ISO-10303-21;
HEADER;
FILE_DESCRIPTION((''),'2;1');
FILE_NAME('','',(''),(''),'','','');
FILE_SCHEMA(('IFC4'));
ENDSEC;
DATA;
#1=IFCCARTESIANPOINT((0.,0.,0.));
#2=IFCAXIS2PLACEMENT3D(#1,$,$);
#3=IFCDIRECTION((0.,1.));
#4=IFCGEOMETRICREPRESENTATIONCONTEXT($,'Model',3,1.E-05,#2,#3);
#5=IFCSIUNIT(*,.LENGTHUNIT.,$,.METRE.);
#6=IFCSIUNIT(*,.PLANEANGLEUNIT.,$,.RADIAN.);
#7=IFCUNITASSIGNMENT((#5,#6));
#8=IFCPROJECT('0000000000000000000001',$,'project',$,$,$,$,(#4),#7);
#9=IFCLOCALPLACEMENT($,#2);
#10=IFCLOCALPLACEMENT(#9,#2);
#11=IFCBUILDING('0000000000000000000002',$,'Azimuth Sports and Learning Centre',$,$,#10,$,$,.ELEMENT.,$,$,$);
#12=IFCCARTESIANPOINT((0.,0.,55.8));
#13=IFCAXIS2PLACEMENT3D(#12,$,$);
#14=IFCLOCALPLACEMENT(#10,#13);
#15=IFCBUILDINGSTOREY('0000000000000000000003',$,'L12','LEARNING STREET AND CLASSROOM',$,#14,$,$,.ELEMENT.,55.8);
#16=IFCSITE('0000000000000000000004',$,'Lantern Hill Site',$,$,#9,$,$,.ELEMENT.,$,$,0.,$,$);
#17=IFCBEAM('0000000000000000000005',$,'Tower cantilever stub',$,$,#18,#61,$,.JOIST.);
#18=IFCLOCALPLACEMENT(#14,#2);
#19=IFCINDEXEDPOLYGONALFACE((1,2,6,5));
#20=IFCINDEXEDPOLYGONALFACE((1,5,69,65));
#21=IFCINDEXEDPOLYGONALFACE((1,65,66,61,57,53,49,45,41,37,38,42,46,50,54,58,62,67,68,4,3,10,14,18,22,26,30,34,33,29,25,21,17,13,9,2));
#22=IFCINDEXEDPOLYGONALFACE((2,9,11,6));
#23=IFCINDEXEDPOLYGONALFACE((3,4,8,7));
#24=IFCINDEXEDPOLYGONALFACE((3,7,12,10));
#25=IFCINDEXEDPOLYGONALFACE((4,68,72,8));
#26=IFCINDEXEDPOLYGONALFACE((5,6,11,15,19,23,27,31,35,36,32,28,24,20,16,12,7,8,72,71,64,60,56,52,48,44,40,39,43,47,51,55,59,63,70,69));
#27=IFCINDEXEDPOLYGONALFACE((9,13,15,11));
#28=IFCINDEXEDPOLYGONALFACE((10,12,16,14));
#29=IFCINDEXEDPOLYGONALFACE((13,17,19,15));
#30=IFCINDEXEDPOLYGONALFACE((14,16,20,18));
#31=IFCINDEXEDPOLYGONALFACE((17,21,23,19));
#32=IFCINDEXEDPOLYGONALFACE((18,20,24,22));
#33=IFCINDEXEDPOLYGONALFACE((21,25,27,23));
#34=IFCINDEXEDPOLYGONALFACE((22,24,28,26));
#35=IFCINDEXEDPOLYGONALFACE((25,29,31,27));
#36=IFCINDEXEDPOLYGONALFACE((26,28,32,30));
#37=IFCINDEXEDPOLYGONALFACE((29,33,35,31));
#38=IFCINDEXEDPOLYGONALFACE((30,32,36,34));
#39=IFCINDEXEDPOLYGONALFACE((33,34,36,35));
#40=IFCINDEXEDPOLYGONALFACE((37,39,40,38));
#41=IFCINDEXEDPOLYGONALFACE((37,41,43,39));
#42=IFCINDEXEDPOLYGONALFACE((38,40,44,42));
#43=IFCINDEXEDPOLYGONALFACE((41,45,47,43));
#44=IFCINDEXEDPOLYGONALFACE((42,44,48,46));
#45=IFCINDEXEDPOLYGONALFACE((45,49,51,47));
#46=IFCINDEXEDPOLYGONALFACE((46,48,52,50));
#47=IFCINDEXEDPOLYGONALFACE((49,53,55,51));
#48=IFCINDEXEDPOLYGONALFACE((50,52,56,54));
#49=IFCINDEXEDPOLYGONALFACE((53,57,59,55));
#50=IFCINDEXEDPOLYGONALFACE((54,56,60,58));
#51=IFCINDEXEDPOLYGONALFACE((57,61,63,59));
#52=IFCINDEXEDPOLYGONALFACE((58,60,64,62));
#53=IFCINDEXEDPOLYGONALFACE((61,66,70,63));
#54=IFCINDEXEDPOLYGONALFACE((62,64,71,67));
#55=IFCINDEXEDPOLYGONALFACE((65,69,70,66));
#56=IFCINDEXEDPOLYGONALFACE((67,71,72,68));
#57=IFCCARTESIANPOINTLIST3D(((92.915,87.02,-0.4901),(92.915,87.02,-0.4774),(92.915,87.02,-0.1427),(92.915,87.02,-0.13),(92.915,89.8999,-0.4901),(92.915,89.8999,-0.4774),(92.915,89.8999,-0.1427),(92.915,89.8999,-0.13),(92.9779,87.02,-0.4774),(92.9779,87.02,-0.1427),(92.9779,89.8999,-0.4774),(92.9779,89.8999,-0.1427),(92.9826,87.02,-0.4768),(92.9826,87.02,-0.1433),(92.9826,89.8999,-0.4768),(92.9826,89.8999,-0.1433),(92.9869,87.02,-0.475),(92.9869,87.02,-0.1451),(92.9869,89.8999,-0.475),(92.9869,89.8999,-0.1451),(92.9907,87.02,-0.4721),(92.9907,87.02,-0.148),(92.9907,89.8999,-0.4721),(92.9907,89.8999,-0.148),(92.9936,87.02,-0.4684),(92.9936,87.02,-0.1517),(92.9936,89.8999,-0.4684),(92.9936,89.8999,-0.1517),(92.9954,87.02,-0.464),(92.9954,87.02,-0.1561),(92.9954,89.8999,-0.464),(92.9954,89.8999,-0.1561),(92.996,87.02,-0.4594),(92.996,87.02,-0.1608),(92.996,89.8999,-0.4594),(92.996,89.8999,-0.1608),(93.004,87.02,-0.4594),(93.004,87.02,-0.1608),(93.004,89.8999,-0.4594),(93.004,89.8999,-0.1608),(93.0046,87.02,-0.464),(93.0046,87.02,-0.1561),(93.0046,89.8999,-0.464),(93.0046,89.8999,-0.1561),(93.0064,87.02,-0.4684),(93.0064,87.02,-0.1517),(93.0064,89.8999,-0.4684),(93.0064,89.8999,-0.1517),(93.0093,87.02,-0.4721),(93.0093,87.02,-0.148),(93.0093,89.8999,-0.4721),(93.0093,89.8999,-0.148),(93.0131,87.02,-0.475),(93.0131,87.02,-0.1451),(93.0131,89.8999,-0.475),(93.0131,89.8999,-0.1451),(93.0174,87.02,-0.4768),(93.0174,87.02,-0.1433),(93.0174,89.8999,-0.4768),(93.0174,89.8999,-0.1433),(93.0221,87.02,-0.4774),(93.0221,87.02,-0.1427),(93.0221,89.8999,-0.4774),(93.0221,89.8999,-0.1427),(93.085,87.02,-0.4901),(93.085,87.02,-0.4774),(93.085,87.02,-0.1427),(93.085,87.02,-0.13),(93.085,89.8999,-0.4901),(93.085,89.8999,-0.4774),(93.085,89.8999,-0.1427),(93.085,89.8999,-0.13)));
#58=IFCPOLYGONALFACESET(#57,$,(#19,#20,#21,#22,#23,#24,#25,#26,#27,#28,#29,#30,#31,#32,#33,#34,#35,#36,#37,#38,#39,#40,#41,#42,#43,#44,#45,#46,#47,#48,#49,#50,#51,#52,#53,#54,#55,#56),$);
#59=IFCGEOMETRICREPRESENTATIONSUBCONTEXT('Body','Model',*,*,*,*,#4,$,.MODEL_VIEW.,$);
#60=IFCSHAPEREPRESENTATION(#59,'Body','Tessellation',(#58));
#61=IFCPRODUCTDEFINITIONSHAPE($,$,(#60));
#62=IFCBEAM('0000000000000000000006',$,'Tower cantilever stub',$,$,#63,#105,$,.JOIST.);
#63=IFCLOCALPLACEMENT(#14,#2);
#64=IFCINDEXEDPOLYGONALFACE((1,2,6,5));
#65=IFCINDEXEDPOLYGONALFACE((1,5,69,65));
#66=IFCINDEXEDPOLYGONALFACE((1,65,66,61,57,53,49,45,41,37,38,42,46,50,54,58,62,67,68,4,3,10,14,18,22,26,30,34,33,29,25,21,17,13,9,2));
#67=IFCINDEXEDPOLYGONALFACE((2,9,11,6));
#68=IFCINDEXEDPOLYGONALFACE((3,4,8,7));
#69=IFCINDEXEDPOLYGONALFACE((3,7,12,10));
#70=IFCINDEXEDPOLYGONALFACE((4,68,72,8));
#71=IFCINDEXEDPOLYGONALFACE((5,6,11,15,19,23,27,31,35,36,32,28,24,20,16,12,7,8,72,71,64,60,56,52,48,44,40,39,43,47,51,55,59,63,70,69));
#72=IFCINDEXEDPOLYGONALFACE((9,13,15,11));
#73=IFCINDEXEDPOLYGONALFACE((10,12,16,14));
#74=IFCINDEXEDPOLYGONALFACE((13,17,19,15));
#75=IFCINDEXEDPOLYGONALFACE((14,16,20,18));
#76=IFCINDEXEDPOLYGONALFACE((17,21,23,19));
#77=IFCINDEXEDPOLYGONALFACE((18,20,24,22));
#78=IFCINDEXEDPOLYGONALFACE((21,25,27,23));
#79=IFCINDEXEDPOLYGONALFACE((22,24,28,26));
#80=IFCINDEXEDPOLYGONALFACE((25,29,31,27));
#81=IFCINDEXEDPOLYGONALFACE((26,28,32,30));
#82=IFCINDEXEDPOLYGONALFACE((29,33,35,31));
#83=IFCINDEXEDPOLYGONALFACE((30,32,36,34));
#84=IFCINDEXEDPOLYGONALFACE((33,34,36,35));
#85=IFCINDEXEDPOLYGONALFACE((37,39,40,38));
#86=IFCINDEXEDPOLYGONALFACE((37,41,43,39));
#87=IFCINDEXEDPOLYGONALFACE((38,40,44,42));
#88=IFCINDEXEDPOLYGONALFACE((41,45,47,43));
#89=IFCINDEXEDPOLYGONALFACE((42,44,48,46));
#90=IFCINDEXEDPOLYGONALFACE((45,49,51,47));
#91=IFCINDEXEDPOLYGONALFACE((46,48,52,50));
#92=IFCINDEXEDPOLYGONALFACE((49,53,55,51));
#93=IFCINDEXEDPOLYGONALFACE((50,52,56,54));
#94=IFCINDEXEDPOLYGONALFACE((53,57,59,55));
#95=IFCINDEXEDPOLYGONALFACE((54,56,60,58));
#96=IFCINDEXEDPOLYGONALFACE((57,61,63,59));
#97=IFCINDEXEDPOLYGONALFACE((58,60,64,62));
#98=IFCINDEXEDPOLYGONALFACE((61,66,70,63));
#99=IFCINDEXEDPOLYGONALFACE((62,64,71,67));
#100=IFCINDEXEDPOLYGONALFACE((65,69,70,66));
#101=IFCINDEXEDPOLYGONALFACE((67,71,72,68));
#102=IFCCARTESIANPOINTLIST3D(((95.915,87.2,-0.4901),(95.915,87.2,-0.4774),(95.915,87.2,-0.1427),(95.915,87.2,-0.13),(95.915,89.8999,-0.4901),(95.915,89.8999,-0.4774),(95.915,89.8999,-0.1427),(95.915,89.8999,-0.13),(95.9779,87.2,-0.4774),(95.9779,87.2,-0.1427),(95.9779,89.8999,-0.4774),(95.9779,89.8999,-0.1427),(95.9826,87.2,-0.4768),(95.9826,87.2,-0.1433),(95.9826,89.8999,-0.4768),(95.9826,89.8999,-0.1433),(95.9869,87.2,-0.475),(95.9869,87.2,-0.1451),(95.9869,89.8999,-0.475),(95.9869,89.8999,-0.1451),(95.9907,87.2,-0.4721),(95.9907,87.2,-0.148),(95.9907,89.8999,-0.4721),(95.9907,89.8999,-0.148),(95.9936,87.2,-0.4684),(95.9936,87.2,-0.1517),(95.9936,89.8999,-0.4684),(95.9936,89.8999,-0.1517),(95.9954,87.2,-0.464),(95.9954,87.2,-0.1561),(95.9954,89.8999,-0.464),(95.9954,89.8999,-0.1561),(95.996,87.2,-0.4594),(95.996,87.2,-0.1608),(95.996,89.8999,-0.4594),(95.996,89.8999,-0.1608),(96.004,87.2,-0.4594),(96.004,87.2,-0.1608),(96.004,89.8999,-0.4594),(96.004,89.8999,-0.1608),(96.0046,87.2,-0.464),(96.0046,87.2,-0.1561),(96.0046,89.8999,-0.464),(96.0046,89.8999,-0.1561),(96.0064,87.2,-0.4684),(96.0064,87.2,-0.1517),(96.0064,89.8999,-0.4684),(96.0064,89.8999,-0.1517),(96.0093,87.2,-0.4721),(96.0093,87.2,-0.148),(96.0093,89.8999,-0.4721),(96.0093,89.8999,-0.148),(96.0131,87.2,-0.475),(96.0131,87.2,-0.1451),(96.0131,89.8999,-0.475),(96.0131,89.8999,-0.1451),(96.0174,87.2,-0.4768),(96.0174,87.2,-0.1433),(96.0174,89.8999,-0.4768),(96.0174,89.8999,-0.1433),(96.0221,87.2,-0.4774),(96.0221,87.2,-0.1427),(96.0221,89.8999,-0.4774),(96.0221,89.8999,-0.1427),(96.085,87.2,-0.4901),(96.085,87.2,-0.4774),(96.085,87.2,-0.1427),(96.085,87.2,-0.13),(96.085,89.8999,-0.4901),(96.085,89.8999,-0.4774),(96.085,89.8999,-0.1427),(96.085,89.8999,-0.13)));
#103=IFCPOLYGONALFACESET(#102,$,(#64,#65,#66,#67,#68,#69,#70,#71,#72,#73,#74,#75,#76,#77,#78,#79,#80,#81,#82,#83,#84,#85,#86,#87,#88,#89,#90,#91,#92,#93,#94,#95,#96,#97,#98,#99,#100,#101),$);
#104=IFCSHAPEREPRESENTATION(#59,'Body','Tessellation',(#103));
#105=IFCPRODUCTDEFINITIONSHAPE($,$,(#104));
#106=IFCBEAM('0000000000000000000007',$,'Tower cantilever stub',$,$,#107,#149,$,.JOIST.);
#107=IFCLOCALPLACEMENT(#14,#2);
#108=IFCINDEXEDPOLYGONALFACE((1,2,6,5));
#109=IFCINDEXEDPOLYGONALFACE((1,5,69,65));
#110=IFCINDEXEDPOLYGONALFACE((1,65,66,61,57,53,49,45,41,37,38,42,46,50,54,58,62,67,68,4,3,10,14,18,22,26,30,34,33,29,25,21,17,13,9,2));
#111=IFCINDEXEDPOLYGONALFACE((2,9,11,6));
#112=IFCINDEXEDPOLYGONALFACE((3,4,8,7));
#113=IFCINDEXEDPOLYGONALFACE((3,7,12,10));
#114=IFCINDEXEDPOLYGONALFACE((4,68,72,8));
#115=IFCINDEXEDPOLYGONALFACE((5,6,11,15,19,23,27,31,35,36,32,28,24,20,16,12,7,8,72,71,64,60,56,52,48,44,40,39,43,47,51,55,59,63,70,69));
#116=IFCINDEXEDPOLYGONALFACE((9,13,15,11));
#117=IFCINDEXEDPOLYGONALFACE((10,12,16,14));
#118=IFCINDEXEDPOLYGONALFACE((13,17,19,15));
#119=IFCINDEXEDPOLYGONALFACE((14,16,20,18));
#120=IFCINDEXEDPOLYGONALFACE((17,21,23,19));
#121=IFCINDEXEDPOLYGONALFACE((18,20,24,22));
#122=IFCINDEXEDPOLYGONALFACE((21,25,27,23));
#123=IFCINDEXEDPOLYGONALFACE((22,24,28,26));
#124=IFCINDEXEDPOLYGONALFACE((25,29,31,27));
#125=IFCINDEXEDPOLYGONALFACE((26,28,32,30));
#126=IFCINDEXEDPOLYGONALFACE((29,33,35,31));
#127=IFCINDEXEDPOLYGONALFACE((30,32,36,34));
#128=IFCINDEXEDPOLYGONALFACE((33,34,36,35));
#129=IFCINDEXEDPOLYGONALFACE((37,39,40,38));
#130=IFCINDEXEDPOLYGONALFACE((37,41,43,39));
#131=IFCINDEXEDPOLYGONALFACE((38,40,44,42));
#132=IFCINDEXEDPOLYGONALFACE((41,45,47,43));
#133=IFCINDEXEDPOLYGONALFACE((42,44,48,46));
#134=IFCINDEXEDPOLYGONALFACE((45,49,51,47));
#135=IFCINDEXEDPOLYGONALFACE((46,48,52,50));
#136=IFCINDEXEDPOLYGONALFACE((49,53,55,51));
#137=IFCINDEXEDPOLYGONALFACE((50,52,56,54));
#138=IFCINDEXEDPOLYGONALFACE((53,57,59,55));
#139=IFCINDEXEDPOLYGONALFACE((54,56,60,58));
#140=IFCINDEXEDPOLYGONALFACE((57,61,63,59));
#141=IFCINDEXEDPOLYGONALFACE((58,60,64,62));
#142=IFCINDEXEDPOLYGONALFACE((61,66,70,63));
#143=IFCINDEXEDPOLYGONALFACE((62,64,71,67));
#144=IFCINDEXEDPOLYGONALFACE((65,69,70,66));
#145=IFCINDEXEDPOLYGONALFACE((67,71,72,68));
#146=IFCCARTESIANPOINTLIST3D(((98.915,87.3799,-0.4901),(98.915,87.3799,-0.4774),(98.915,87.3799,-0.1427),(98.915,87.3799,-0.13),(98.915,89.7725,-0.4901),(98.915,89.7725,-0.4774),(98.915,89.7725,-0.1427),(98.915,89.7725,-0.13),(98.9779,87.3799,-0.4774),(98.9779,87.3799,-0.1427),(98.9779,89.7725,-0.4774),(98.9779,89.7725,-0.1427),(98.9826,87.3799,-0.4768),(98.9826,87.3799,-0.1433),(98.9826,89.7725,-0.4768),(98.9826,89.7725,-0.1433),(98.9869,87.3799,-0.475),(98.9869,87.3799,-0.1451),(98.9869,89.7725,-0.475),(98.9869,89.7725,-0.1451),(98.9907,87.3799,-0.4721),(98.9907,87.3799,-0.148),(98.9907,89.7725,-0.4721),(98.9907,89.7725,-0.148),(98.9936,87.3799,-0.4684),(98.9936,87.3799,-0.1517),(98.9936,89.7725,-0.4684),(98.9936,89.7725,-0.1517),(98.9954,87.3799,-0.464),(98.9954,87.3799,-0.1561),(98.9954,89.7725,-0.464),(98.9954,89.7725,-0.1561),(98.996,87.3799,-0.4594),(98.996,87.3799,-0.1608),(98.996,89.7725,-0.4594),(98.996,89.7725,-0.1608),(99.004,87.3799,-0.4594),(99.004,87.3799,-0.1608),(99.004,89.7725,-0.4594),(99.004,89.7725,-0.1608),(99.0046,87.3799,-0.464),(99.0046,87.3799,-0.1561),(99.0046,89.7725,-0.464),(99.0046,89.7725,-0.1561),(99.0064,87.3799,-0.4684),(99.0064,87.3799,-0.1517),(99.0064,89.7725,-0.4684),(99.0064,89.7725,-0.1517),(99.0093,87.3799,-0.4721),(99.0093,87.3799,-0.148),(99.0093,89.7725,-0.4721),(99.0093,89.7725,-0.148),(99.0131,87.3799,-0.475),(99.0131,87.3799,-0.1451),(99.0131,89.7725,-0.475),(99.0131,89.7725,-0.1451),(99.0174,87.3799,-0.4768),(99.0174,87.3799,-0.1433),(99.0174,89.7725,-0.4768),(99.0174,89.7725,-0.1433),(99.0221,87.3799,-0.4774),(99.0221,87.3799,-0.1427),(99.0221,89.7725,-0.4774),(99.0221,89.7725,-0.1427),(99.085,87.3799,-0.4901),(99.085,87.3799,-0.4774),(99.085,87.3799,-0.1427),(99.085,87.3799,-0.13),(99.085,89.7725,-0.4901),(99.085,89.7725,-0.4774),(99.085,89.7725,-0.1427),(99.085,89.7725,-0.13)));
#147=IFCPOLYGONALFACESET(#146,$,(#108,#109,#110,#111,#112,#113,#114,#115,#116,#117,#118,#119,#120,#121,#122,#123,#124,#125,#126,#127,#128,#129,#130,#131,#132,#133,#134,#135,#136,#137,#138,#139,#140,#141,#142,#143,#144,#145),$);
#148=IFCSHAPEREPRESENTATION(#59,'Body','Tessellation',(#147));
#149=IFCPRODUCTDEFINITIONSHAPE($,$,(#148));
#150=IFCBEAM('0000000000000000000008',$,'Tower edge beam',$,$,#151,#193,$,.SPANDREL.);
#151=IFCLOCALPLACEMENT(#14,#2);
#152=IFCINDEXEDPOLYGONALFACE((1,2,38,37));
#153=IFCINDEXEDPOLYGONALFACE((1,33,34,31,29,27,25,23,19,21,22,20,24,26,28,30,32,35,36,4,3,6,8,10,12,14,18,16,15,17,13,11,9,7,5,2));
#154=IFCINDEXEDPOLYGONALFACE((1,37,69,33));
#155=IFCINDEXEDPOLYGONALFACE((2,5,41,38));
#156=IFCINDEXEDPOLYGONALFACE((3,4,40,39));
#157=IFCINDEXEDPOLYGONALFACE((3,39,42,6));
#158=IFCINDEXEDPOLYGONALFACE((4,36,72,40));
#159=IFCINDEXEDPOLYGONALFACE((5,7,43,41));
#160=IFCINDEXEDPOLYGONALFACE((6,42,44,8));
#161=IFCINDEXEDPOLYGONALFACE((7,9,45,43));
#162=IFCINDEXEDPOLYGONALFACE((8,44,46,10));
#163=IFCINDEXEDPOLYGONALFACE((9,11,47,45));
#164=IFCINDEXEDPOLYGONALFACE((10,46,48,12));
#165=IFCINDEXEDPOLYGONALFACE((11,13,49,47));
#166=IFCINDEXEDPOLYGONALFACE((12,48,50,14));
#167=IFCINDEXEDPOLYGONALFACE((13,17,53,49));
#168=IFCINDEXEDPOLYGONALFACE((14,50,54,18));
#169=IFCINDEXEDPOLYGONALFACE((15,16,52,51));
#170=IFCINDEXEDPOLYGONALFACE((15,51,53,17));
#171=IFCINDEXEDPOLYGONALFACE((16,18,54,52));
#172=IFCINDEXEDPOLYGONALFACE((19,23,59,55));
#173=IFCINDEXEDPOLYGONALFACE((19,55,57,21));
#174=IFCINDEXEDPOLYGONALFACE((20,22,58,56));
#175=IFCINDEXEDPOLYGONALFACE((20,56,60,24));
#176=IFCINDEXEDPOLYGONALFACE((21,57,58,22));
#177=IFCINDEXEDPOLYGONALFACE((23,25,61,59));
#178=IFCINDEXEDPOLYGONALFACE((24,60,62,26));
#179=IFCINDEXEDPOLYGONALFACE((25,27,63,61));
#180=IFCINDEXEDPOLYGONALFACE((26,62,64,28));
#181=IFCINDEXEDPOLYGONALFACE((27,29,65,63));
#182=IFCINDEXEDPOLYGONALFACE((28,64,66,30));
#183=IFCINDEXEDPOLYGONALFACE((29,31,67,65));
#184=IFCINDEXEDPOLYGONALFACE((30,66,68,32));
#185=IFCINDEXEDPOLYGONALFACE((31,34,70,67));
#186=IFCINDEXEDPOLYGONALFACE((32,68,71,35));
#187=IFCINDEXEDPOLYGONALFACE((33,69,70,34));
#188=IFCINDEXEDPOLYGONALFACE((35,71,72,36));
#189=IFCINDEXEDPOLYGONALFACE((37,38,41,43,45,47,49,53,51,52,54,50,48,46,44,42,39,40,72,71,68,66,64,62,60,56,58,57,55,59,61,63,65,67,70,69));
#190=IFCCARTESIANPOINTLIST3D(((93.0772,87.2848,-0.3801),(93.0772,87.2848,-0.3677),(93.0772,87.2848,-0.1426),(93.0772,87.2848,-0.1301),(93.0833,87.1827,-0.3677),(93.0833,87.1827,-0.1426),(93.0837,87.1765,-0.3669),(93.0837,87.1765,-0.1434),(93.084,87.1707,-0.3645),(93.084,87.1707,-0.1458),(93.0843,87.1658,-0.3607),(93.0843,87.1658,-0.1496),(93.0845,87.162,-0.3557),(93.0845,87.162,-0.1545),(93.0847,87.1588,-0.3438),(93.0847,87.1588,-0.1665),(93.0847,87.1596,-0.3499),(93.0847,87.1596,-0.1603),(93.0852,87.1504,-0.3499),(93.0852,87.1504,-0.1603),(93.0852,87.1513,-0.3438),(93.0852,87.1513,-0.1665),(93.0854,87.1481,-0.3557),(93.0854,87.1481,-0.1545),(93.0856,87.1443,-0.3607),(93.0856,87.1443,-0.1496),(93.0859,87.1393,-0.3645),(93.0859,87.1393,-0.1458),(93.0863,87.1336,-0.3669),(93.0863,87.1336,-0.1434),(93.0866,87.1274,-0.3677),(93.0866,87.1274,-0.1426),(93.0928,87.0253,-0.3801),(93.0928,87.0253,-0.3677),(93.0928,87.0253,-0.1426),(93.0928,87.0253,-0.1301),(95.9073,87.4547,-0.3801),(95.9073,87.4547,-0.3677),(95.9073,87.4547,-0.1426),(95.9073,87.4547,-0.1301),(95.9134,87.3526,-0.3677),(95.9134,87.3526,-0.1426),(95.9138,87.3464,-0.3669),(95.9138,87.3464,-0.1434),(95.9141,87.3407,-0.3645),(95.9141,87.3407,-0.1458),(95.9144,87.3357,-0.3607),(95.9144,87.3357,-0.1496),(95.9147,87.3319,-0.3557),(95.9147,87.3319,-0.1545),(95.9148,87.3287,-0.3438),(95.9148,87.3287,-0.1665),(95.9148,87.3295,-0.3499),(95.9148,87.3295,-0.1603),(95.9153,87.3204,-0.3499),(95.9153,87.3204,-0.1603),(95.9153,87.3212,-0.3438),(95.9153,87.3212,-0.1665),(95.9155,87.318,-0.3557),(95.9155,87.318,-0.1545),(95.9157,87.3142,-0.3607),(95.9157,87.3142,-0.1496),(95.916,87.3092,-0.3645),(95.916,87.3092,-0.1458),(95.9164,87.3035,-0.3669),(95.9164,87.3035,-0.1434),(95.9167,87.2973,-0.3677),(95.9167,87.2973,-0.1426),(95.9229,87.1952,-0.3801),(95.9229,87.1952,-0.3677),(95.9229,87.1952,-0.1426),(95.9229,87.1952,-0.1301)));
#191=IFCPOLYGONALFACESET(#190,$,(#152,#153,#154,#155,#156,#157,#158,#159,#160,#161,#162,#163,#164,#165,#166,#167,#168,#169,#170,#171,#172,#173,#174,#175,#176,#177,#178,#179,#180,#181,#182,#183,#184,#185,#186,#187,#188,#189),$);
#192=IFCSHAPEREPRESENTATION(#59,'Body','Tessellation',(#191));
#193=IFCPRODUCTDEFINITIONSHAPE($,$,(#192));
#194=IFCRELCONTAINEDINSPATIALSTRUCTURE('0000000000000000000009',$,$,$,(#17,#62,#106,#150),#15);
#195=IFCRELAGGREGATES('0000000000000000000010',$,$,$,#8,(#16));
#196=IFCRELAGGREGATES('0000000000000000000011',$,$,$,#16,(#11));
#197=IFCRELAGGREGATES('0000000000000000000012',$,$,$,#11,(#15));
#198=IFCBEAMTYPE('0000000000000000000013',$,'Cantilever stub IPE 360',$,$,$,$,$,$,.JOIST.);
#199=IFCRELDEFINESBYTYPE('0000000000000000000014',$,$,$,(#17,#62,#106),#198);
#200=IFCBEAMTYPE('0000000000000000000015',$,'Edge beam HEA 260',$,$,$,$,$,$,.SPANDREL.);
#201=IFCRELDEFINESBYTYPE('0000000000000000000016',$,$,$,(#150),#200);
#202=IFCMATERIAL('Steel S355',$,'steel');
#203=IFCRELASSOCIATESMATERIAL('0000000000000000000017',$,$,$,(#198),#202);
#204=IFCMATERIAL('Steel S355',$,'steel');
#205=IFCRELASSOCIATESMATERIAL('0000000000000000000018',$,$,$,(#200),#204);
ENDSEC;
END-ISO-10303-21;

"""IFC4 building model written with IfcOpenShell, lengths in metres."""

from ifc_helpers import new_model, si_unit, direction, frame, origin, origin_2d, place, context, subcontext, project, spatial, i_section, extrude, material, material_profile, profile_set, type_object, element, save


model = new_model("IFC4")

# Units and contexts
model_context = context("Model", 3, precision=1e-05, world=origin(), true_north=direction((0.0, 1.0)))
body_context = subcontext(model_context, "Body", "Model", "MODEL_VIEW")
ifc_project = project(units=[si_unit("LENGTHUNIT", "METRE"), si_unit("PLANEANGLEUNIT", "RADIAN")], contexts=[model_context])

# Site, building, storey
site_placement = place(None, origin())
site = spatial("IfcSite", under=ifc_project, at=site_placement, Name="Lantern Hill Site", CompositionType="ELEMENT", RefElevation=0.0)
building_placement = place(site_placement, origin())
building = spatial("IfcBuilding", under=site, at=building_placement, Name="Azimuth Sports and Learning Centre", CompositionType="ELEMENT")
storey_placement = place(building_placement, frame((0.0, 0.0, 55.8)))
storey = spatial("IfcBuildingStorey", under=building, at=storey_placement, Name="L12", Description="LEARNING STREET AND CLASSROOM", CompositionType="ELEMENT", Elevation=55.8)

# Beams
ifc_material_1 = material(Name="Steel S355", Category="steel")
ifc_material_profile_1 = material_profile(ifc_material_1, i_section(OverallWidth=0.1699, OverallDepth=0.3601, WebThickness=0.0081, FlangeThickness=0.0127, FilletRadius=0.0181, at=origin_2d()), Name="IPE 360")
ifc_profile_set_1 = profile_set([ifc_material_profile_1], Name="Steel S355")
beam_type_1 = type_object("IfcBeamType", Name="Cantilever stub IPE 360", PredefinedType="JOIST", material=ifc_profile_set_1)
beam_1_placement = place(storey_placement, frame((93.0, 89.8999, -0.3101), z_axis=(0.0, -1.0, 0.0), x_axis=(1.0, 0.0, 0.0)))
element("IfcBeam", 1, at=beam_1_placement, inside=storey, type_object=beam_type_1, Name="Tower cantilever stub", PredefinedType="JOIST", context=body_context, shape_type="SweptSolid", body=[
    extrude(i_section(OverallWidth=0.1699, OverallDepth=0.3601, WebThickness=0.0081, FlangeThickness=0.0127, FilletRadius=0.0181, at=origin_2d()), origin(), (0.0, 0.0, 1.0), 2.8799),
])
beam_2_placement = place(storey_placement, frame((96.0, 89.8999, -0.3101), z_axis=(0.0, -1.0, 0.0), x_axis=(1.0, 0.0, 0.0)))
element("IfcBeam", 2, at=beam_2_placement, inside=storey, type_object=beam_type_1, Name="Tower cantilever stub", PredefinedType="JOIST", context=body_context, shape_type="SweptSolid", body=[
    extrude(i_section(OverallWidth=0.1699, OverallDepth=0.3601, WebThickness=0.0081, FlangeThickness=0.0127, FilletRadius=0.0181, at=origin_2d()), origin(), (0.0, 0.0, 1.0), 2.7),
])
beam_3_placement = place(storey_placement, frame((99.0, 89.7725, -0.3101), z_axis=(0.0, -1.0, 0.0), x_axis=(1.0, 0.0, 0.0)))
element("IfcBeam", 3, at=beam_3_placement, inside=storey, type_object=beam_type_1, Name="Tower cantilever stub", PredefinedType="JOIST", context=body_context, shape_type="SweptSolid", body=[
    extrude(i_section(OverallWidth=0.1699, OverallDepth=0.3601, WebThickness=0.0081, FlangeThickness=0.0127, FilletRadius=0.0181, at=origin_2d()), origin(), (0.0, 0.0, 1.0), 2.3926),
])
ifc_material_2 = material(Name="Steel S355", Category="steel")
ifc_material_profile_2 = material_profile(ifc_material_2, i_section(OverallWidth=0.26, OverallDepth=0.25, WebThickness=0.0076, FlangeThickness=0.0125, FilletRadius=0.0239, at=origin_2d()), Name="HEA 260")
ifc_profile_set_2 = profile_set([ifc_material_profile_2], Name="Steel S355")
beam_type_2 = type_object("IfcBeamType", Name="Edge beam HEA 260", PredefinedType="SPANDREL", material=ifc_profile_set_2)
for number, where, z_axis, x_axis, name in (
    (4, (93.085, 87.155, -0.2551), (0.998202, 0.059933, 0.0), (-0.059933, 0.998202, 0.0), "Tower edge beam"),
):
    element("IfcBeam", number, at=place(storey_placement, frame(where, z_axis=z_axis, x_axis=x_axis)), inside=storey, type_object=beam_type_2, Name=name, PredefinedType="SPANDREL", context=body_context, shape_type="SweptSolid", body=[
        extrude(i_section(OverallWidth=0.26, OverallDepth=0.25, WebThickness=0.0076, FlangeThickness=0.0125, FilletRadius=0.0239, at=origin_2d()), origin(), (0.0, 0.0, 1.0), 2.8352),
    ])

save(model, "model.ifc")
